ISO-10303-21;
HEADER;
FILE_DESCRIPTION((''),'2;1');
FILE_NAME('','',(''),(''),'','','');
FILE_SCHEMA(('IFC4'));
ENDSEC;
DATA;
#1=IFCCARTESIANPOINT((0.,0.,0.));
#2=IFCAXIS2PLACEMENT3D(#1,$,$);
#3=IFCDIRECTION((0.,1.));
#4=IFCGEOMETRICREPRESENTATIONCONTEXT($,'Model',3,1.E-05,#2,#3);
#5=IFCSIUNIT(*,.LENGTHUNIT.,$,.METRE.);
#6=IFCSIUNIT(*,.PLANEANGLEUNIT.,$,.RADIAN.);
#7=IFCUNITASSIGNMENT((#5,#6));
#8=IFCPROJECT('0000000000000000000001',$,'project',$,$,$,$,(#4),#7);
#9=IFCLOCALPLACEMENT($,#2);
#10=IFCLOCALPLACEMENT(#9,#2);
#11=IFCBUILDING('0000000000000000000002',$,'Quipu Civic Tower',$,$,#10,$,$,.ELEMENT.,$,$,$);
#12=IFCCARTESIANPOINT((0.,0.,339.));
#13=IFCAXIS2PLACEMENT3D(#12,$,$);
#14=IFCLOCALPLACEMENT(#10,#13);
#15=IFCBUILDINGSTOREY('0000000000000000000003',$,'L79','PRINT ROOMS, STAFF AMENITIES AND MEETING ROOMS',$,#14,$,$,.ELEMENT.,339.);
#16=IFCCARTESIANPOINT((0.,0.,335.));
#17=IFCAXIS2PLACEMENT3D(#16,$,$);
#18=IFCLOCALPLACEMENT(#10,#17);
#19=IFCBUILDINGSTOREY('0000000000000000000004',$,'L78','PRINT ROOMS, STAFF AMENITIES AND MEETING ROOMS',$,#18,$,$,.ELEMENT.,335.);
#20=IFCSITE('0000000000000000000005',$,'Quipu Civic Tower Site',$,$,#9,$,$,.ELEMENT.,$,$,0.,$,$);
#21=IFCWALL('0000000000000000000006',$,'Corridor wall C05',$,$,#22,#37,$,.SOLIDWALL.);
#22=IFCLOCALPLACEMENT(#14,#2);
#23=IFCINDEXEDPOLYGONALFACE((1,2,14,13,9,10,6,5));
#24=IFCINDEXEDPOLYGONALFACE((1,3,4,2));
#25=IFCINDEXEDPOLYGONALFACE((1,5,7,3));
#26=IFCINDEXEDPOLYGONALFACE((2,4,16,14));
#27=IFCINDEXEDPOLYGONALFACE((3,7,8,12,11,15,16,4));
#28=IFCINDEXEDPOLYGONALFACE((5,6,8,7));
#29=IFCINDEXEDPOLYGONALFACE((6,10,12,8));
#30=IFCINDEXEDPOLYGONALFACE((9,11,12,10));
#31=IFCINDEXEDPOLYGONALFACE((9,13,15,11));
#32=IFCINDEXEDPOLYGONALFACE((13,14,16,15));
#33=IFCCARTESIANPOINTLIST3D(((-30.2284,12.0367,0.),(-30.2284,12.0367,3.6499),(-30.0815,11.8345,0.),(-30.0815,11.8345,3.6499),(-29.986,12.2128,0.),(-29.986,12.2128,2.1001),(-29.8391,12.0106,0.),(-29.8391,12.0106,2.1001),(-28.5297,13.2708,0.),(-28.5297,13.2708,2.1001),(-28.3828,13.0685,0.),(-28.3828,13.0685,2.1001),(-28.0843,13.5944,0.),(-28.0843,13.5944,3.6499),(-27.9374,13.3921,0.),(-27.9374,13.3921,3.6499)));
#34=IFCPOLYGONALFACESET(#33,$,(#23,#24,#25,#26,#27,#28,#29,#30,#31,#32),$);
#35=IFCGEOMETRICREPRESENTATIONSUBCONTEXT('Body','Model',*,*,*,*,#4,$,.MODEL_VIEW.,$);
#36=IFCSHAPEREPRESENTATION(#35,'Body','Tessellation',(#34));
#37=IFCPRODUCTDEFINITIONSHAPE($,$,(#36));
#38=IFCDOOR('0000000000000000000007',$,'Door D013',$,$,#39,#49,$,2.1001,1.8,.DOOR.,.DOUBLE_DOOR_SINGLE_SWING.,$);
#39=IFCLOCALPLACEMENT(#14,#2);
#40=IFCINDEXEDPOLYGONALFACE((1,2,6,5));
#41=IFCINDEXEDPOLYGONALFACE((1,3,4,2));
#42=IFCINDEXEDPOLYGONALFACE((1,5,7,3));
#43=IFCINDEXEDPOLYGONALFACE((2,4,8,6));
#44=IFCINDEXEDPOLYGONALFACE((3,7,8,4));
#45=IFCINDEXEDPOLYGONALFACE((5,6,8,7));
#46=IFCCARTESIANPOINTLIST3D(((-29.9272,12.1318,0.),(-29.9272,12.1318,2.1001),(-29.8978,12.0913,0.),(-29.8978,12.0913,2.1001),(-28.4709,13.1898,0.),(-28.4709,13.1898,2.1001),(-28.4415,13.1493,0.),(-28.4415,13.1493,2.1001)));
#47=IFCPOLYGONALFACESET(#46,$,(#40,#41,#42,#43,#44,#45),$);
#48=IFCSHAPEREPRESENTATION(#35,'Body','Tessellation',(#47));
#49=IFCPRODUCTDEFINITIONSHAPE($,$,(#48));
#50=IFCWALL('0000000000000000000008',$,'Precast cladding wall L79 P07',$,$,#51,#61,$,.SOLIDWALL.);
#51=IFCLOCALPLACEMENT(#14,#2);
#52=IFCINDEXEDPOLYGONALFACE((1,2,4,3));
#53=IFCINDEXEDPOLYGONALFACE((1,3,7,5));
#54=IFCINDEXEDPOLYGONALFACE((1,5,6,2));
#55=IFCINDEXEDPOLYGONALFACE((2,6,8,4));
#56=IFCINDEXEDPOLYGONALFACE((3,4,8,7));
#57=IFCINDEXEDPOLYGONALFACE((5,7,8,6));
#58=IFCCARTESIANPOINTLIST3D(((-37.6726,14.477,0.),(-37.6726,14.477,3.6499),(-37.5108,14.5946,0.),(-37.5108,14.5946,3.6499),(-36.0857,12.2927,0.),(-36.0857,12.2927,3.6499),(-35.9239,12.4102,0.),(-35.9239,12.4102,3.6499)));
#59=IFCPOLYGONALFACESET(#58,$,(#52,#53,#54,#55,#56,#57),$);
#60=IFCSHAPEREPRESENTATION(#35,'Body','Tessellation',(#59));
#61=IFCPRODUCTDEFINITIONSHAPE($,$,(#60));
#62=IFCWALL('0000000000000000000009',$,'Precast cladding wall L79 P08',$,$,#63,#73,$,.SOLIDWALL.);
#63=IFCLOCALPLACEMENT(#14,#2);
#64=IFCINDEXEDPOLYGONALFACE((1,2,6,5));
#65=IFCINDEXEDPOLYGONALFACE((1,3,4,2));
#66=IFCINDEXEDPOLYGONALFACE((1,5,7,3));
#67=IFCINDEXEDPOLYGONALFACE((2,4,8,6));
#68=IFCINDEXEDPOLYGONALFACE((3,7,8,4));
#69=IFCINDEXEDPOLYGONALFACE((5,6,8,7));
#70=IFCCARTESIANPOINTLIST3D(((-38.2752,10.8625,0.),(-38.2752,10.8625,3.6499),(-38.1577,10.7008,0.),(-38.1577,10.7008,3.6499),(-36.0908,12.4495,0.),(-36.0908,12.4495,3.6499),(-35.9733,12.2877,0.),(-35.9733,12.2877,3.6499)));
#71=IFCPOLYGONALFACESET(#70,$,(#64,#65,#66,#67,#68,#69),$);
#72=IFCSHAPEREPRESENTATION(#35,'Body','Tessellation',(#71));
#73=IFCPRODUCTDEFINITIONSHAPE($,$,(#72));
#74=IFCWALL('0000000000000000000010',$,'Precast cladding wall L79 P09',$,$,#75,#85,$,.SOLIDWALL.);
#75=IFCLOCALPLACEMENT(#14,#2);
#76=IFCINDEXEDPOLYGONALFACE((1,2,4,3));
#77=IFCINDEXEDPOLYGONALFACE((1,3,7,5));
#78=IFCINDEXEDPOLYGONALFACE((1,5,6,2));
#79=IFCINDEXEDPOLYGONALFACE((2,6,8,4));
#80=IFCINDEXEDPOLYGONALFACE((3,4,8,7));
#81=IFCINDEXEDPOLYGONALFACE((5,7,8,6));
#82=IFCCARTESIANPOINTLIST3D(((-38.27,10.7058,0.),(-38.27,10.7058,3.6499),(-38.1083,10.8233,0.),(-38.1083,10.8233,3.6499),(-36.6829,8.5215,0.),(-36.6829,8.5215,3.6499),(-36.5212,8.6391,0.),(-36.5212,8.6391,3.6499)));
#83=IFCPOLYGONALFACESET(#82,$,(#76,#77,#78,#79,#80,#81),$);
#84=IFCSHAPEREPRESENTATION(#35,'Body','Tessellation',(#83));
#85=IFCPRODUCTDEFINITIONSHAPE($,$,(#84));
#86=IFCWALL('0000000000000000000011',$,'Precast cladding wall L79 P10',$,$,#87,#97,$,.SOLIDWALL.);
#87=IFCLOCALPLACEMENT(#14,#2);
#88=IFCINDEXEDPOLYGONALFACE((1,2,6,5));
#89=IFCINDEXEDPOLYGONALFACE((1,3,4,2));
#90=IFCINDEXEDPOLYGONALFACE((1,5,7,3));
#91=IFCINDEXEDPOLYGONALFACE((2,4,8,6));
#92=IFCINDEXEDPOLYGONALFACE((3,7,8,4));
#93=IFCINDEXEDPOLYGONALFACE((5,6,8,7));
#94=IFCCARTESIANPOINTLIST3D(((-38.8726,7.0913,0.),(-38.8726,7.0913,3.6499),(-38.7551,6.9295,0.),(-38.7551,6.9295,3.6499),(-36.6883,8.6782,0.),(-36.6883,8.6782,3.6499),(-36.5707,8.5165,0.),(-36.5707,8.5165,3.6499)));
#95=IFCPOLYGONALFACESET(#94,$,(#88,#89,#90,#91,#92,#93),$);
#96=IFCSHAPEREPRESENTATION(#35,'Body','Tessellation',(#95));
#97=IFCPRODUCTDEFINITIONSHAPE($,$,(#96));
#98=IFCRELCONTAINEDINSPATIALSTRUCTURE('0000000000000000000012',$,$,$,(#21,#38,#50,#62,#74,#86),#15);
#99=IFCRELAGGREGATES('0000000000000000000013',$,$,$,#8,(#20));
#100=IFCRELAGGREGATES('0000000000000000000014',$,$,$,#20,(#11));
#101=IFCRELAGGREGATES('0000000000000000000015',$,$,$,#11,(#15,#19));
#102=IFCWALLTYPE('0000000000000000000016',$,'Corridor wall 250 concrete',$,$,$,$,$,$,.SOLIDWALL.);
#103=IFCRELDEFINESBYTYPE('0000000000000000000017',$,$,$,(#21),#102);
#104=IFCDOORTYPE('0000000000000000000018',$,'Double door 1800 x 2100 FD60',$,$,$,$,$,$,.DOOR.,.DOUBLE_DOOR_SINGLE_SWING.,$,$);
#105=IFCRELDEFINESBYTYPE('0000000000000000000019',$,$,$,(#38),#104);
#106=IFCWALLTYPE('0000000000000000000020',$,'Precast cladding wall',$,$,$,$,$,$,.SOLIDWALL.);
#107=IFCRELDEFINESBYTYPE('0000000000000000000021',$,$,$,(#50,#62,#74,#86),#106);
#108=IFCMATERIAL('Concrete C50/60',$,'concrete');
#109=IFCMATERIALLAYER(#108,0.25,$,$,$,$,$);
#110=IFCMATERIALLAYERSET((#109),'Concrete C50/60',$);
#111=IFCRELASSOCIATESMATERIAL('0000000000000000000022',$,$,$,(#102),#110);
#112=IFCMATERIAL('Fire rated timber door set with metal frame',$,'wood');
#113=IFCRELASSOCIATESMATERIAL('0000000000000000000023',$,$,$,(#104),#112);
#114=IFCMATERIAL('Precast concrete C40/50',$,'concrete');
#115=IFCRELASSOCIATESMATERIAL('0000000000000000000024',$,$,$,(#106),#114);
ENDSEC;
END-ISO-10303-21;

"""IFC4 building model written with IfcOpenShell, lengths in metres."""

from ifc_helpers import new_model, si_unit, direction, frame, frame_2d, origin, place, context, subcontext, project, spatial, rectangle, extrude, material, layer, layer_set, type_object, element, fill, save


model = new_model("IFC4")

# Units and contexts
model_context = context("Model", 3, precision=1e-05, world=origin(), true_north=direction((0.0, 1.0)))
body_context = subcontext(model_context, "Body", "Model", "MODEL_VIEW")
ifc_project = project(units=[si_unit("LENGTHUNIT", "METRE"), si_unit("PLANEANGLEUNIT", "RADIAN")], contexts=[model_context])

# Site, building, storey
site_placement = place(None, origin())
site = spatial("IfcSite", under=ifc_project, at=site_placement, Name="Quipu Civic Tower Site", CompositionType="ELEMENT", RefElevation=0.0)
building_placement = place(site_placement, origin())
building = spatial("IfcBuilding", under=site, at=building_placement, Name="Quipu Civic Tower", CompositionType="ELEMENT")
storey_1_placement = place(building_placement, frame((0.0, 0.0, 339.0)))
storey_1 = spatial("IfcBuildingStorey", under=building, at=storey_1_placement, Name="L79", Description="PRINT ROOMS, STAFF AMENITIES AND MEETING ROOMS", CompositionType="ELEMENT", Elevation=339.0)

# Shared definitions
storey_2_placement = place(building_placement, frame((0.0, 0.0, 335.0)))
storey_2 = spatial("IfcBuildingStorey", under=building, at=storey_2_placement, Name="L78", Description="PRINT ROOMS, STAFF AMENITIES AND MEETING ROOMS", CompositionType="ELEMENT", Elevation=335.0)

# Wall, opening, door
ifc_material_1 = material(Name="Concrete C50/60", Category="concrete")
ifc_layer_1 = layer(ifc_material_1, 0.25)
ifc_layer_set_1 = layer_set([ifc_layer_1], Name="Concrete C50/60")
wall_type_1 = type_object("IfcWallType", Name="Corridor wall 250 concrete", PredefinedType="SOLIDWALL", material=ifc_layer_set_1)
wall_placement = place(storey_1_placement, frame((-30.155, 11.9355, 0.0), z_axis=(0.0, 0.0, 1.0), x_axis=(0.809039, 0.587755, 0.0)))
wall = element("IfcWall", 1, at=wall_placement, inside=storey_1, type_object=wall_type_1, Name="Corridor wall C05", PredefinedType="SOLIDWALL", context=body_context, shape_type="SweptSolid", body=[
    extrude(rectangle(XDim=2.6501, YDim=0.25, at=frame_2d((1.3252, 0.0))), origin(), (0.0, 0.0, 1.0), 3.6499),
])
opening_placement = place(wall_placement, frame((0.2998, 0.0, 0.0)))
opening = element("IfcOpeningElement", 2, at=opening_placement, cuts=wall, PredefinedType="OPENING", context=body_context, shape_type="SweptSolid", body=[
    extrude(rectangle(XDim=1.8, YDim=2.1001, at=frame_2d((0.8999, 1.05))), frame((0.0, 0.135, 0.0), z_axis=(0.0, -1.0, 0.0), x_axis=(1.0, 0.0, 0.0)), (0.0, 0.0, 1.0), 0.27),
])
ifc_material_2 = material(Name="Fire rated timber door set with metal frame", Category="wood")
door_type = type_object("IfcDoorType", Name="Double door 1800 x 2100 FD60", OperationType="DOUBLE_DOOR_SINGLE_SWING", PredefinedType="DOOR", material=ifc_material_2)
door_placement = place(opening_placement, origin())
door = element("IfcDoor", 3, at=door_placement, inside=storey_1, type_object=door_type, Name="Door D013", OperationType="DOUBLE_DOOR_SINGLE_SWING", OverallHeight=2.1001, OverallWidth=1.8, PredefinedType="DOOR", context=body_context, shape_type="SweptSolid", body=[
    extrude(rectangle(XDim=1.8, YDim=2.1001, at=frame_2d((0.8999, 1.05))), frame((0.0, 0.0249, 0.0), z_axis=(0.0, -1.0, 0.0), x_axis=(1.0, 0.0, 0.0)), (0.0, 0.0, 1.0), 0.05),
])
fill(opening, door)

# Walls
ifc_material_3 = material(Name="Precast concrete C40/50", Category="concrete")
wall_type_2 = type_object("IfcWallType", Name="Precast cladding wall", PredefinedType="SOLIDWALL", material=ifc_material_3)
for number, where, z_axis, x_axis, name in (
    (4, (-37.5918, 14.5359, 0.0), (0.0, 0.0, 1.0), (0.587763, -0.809033, 0.0), "Precast cladding wall L79 P07"),
    (5, (-36.032, 12.3687, 0.0), (0.0, 0.0, 1.0), (-0.809033, -0.587763, 0.0), "Precast cladding wall L79 P08"),
    (6, (-38.1892, 10.7646, 0.0), (0.0, 0.0, 1.0), (0.587822, -0.80899, 0.0), "Precast cladding wall L79 P09"),
    (7, (-36.6294, 8.5974, 0.0), (0.0, 0.0, 1.0), (-0.809033, -0.587763, 0.0), "Precast cladding wall L79 P10"),
):
    element("IfcWall", number, at=place(storey_1_placement, frame(where, z_axis=z_axis, x_axis=x_axis)), inside=storey_1, type_object=wall_type_2, Name=name, PredefinedType="SOLIDWALL", context=body_context, shape_type="SweptSolid", body=[
        extrude(rectangle(XDim=2.7, YDim=0.2, at=frame_2d((1.3501, 0.0))), origin(), (0.0, 0.0, 1.0), 3.6499),
    ])

save(model, "model.ifc")
